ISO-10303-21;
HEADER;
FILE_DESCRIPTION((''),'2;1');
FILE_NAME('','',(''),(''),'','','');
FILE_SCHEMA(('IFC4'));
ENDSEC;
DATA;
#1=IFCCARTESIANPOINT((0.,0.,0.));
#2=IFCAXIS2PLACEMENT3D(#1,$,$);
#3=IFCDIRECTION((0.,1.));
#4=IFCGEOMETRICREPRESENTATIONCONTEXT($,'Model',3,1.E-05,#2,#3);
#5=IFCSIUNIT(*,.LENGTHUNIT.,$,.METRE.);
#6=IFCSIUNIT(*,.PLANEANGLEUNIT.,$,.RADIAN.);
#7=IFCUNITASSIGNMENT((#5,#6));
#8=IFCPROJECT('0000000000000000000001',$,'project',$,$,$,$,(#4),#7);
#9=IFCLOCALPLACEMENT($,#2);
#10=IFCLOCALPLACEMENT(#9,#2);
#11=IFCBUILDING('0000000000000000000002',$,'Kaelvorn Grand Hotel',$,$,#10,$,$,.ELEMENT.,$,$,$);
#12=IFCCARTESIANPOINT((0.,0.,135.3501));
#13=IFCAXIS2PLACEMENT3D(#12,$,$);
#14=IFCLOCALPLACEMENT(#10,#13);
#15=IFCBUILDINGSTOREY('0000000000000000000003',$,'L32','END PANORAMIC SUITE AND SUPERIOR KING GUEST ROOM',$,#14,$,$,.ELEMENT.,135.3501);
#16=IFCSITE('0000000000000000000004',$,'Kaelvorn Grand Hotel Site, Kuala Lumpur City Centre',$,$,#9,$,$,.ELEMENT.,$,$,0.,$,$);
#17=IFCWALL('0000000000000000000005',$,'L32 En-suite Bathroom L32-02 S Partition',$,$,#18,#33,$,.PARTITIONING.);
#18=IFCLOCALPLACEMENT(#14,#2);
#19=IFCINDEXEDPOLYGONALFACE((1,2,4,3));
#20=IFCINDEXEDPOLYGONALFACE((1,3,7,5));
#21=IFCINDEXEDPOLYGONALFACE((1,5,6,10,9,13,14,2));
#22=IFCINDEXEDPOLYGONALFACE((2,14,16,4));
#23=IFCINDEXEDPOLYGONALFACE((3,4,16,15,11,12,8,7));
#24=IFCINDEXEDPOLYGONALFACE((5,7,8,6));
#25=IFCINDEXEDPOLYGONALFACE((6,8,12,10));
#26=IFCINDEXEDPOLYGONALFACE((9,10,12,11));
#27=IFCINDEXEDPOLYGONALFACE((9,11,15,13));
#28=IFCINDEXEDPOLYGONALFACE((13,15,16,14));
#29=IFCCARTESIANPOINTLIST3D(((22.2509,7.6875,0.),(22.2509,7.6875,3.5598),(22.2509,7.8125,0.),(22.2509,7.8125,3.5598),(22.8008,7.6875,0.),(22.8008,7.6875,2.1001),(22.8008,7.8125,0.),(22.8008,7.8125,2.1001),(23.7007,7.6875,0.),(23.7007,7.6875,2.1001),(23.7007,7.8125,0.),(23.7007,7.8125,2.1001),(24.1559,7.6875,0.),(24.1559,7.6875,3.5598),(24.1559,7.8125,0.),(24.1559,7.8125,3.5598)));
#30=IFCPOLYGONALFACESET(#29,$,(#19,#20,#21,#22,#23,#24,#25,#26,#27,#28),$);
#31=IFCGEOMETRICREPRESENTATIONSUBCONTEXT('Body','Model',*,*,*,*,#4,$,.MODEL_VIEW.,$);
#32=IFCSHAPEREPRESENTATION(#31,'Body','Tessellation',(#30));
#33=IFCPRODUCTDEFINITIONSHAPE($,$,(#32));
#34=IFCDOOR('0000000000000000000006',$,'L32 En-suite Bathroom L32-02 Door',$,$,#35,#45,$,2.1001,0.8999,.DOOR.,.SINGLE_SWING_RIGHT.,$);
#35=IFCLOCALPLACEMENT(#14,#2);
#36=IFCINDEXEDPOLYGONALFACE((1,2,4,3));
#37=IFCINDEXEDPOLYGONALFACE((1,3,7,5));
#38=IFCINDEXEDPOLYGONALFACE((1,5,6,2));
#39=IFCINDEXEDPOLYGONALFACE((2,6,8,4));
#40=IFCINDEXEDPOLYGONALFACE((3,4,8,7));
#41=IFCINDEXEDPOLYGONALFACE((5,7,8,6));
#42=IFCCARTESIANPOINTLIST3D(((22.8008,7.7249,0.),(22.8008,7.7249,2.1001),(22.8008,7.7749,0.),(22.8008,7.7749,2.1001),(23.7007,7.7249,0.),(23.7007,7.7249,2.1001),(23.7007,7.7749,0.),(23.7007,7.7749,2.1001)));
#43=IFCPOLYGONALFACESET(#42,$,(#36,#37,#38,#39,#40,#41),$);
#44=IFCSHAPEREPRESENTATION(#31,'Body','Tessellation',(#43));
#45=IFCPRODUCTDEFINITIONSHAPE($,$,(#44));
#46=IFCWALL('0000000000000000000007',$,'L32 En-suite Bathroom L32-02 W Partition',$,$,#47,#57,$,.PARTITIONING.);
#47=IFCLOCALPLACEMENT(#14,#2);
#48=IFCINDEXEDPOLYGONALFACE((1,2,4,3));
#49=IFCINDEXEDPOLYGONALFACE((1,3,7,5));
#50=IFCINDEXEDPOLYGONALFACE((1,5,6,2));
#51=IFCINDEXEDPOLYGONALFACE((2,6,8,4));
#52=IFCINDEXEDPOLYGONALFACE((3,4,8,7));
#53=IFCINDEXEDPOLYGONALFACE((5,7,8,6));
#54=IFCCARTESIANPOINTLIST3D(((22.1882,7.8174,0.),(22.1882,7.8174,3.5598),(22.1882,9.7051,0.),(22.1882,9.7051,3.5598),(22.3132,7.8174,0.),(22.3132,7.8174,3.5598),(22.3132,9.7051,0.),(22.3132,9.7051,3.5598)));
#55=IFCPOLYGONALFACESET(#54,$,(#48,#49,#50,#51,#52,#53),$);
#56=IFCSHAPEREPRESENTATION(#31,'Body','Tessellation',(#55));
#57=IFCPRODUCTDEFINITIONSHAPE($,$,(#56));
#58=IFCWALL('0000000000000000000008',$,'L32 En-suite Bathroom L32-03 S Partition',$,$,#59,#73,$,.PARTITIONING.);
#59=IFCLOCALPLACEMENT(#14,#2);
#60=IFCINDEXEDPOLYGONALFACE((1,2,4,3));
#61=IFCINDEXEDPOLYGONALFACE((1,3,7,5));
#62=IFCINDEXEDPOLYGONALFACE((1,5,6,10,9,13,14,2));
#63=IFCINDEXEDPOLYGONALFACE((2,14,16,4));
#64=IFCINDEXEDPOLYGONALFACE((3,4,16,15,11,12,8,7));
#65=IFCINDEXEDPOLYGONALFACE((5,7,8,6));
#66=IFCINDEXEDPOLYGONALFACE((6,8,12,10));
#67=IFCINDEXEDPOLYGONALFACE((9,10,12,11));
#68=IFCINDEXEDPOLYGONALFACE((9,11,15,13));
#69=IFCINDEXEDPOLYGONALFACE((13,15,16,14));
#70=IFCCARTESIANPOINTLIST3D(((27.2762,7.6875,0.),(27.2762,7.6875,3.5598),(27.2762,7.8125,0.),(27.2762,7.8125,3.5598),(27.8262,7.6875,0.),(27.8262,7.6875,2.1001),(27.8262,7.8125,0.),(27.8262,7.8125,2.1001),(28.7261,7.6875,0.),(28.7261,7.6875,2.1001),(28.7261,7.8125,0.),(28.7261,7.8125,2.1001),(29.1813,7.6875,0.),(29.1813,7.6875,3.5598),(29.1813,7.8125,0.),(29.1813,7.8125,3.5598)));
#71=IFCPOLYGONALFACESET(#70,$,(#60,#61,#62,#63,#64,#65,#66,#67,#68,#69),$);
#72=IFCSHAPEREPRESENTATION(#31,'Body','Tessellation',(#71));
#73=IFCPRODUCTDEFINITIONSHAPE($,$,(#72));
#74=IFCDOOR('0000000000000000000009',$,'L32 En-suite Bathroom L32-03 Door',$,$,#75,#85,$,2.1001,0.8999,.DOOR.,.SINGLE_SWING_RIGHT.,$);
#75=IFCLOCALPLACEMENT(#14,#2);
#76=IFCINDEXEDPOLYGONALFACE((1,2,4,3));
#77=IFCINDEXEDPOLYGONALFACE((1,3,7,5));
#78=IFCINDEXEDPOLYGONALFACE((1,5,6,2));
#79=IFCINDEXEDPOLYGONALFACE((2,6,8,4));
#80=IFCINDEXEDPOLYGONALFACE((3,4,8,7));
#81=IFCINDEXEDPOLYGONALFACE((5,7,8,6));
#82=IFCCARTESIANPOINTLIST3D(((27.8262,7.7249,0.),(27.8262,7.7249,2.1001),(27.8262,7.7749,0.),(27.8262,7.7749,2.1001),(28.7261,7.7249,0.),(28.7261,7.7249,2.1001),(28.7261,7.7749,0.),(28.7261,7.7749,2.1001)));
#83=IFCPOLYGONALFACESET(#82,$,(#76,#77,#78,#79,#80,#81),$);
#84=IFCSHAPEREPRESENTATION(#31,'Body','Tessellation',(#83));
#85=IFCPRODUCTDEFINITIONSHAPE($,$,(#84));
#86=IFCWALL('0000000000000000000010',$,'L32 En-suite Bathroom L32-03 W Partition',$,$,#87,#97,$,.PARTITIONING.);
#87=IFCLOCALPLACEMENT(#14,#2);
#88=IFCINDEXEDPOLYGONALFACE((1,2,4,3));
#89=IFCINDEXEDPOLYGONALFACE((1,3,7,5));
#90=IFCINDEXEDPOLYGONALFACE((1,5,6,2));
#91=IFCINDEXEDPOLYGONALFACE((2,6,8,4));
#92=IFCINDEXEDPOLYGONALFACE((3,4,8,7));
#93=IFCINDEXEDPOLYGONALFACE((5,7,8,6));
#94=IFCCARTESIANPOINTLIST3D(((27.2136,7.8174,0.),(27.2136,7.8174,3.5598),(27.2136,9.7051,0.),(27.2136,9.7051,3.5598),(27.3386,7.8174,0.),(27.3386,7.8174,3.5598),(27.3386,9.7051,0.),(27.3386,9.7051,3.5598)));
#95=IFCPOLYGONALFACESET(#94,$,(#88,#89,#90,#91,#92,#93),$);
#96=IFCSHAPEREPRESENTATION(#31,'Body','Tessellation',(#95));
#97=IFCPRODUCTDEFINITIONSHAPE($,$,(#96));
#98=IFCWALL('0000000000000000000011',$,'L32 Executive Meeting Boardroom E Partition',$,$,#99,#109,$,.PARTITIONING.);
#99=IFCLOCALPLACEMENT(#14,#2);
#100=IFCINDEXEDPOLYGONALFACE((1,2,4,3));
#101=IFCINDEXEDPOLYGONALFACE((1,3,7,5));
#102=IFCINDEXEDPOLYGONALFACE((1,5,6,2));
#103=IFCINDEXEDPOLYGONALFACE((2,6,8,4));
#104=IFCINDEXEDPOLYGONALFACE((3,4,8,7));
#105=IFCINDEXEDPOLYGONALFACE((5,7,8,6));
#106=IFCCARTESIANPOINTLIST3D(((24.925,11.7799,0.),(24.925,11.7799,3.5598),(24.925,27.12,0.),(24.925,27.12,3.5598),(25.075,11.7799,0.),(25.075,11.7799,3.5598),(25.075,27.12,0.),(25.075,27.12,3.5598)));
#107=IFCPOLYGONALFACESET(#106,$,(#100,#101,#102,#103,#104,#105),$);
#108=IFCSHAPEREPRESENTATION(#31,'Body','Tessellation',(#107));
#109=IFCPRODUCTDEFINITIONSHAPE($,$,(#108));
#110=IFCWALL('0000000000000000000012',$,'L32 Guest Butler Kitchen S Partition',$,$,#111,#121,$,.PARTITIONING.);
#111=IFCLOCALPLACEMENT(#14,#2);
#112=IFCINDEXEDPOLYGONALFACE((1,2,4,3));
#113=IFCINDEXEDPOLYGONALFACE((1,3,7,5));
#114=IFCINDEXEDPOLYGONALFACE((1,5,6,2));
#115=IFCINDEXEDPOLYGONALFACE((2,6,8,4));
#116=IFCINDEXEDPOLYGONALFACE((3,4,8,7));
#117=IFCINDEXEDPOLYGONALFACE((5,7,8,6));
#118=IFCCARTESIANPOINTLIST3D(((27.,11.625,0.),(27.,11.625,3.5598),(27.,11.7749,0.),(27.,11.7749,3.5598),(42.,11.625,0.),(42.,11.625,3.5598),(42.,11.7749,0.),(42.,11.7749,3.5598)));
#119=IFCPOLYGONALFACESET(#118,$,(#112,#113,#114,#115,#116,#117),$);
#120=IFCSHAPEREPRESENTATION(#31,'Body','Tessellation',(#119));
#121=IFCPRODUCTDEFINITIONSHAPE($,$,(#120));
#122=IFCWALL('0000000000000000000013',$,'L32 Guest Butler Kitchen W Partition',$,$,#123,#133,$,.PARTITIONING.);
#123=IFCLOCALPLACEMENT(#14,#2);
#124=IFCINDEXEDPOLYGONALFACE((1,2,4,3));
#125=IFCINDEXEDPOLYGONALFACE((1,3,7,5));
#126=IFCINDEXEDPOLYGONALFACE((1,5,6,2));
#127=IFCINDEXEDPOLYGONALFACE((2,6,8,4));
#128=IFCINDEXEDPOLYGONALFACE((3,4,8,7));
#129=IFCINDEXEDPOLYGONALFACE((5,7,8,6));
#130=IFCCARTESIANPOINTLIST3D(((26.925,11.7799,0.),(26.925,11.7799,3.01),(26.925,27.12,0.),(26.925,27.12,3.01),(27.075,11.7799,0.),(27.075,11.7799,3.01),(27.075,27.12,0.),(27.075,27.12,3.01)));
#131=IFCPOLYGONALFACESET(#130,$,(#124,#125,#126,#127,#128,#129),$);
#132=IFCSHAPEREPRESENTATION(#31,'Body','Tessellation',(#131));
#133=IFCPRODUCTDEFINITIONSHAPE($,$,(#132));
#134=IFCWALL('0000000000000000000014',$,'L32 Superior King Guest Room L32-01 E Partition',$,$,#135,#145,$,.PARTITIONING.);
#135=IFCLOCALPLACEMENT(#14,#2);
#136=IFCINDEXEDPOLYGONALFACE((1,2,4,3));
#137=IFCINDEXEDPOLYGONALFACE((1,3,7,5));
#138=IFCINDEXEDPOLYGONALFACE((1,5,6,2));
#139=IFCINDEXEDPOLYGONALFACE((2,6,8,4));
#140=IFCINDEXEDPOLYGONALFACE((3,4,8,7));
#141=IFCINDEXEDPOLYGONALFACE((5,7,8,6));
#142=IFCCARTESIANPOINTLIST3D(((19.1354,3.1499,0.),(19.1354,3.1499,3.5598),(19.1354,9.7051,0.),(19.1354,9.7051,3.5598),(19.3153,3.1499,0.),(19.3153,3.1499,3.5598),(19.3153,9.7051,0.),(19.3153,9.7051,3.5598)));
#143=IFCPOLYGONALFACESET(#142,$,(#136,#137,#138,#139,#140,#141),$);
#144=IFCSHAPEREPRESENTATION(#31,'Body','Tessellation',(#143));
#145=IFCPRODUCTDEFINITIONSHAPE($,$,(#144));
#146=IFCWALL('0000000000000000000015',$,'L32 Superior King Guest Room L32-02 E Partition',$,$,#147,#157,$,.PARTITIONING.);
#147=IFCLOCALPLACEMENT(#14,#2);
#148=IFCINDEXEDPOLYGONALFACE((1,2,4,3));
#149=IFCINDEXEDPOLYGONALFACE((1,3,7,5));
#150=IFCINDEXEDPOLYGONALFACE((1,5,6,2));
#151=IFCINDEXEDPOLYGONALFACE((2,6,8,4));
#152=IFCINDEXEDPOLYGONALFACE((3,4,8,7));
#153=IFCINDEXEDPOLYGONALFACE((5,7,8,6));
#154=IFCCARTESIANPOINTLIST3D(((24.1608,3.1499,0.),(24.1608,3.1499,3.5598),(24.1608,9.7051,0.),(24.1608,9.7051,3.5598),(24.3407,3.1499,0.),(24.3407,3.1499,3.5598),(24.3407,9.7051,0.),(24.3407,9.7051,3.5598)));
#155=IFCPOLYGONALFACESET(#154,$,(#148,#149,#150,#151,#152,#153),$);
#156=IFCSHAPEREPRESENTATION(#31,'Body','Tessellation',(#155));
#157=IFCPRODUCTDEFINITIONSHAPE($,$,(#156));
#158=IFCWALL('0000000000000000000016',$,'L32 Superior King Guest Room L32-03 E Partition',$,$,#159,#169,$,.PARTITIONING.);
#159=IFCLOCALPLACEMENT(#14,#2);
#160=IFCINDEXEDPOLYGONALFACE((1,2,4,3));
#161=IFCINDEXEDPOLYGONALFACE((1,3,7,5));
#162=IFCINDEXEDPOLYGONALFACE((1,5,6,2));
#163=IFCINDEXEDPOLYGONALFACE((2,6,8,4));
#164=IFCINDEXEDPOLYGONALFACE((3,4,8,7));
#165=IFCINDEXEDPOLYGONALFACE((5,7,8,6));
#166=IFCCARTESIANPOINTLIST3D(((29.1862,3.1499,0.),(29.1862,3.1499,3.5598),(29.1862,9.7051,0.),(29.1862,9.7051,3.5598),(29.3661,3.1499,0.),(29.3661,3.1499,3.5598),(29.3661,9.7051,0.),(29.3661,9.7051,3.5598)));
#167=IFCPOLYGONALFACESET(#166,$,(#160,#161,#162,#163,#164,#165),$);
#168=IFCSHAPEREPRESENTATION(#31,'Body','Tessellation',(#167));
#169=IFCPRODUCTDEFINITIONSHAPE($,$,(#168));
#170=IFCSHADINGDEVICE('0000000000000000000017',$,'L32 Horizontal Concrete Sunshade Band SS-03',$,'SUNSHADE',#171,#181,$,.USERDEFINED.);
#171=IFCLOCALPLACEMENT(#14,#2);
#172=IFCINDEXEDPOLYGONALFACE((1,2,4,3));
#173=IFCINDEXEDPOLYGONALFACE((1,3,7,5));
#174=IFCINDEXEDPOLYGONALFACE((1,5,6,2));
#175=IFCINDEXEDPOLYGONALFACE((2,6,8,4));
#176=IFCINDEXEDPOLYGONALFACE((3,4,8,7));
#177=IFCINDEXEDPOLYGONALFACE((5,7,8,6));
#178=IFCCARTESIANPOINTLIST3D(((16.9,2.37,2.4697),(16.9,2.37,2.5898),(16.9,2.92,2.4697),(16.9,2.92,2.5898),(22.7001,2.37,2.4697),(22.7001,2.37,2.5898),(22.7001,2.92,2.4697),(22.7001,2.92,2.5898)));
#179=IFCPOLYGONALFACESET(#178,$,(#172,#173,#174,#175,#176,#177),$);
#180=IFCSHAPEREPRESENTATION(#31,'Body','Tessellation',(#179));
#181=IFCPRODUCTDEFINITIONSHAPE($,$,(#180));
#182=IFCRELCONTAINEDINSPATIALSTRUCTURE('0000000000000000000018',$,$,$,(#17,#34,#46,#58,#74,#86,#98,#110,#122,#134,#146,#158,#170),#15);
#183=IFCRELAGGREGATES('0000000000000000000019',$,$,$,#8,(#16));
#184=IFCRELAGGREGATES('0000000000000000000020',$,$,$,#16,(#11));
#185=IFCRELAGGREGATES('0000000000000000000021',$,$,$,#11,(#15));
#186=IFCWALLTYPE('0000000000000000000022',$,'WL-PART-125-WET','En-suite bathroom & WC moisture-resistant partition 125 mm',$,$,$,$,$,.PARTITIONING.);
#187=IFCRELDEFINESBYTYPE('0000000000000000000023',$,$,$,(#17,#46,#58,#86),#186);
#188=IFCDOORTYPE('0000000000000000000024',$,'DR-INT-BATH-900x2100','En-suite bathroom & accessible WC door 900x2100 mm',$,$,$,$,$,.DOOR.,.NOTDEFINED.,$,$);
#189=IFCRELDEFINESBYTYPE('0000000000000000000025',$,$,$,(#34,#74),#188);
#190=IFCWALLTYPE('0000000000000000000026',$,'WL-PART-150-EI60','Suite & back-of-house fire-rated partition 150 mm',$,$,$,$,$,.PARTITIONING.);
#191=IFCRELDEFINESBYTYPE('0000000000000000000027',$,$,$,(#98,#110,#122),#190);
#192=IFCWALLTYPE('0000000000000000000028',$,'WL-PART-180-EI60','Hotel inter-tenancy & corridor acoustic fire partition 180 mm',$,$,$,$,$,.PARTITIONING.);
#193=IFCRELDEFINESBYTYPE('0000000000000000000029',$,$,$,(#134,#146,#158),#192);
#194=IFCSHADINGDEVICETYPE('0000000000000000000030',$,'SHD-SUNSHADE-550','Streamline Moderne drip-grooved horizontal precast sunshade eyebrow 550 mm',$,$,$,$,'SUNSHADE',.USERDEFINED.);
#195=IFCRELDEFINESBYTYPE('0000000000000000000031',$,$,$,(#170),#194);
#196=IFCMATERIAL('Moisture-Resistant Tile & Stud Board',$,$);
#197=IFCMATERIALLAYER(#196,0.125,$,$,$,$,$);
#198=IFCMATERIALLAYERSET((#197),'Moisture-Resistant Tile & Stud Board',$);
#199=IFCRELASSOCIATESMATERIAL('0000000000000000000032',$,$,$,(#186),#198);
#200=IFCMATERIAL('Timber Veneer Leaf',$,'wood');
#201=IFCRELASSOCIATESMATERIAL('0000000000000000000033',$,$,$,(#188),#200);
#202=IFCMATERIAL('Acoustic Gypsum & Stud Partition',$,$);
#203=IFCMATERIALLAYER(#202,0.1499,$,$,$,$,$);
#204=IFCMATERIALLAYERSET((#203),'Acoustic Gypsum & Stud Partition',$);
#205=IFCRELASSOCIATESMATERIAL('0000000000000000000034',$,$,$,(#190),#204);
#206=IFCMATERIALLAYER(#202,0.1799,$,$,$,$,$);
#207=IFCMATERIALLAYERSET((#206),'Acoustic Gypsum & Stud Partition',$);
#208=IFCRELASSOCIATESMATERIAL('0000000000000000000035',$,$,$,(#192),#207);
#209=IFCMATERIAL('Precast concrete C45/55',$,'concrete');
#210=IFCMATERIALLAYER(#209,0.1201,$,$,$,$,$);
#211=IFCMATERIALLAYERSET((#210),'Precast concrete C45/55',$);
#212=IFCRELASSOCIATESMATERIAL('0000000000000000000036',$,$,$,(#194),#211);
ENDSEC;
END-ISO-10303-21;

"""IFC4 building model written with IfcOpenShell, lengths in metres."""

from ifc_helpers import new_model, si_unit, direction, frame, frame_2d, origin, origin_2d, place, context, subcontext, project, spatial, rectangle, extrude, material, layer, layer_set, type_object, element, fill, save


model = new_model("IFC4")

# Units and contexts
model_context = context("Model", 3, precision=1e-05, world=origin(), true_north=direction((0.0, 1.0)))
body_context = subcontext(model_context, "Body", "Model", "MODEL_VIEW")
ifc_project = project(units=[si_unit("LENGTHUNIT", "METRE"), si_unit("PLANEANGLEUNIT", "RADIAN")], contexts=[model_context])

# Site, building, storey
site_placement = place(None, origin())
site = spatial("IfcSite", under=ifc_project, at=site_placement, Name="Kaelvorn Grand Hotel Site, Kuala Lumpur City Centre", CompositionType="ELEMENT", RefElevation=0.0)
building_placement = place(site_placement, origin())
building = spatial("IfcBuilding", under=site, at=building_placement, Name="Kaelvorn Grand Hotel", CompositionType="ELEMENT")
storey_placement = place(building_placement, frame((0.0, 0.0, 135.3501)))
storey = spatial("IfcBuildingStorey", under=building, at=storey_placement, Name="L32", Description="END PANORAMIC SUITE AND SUPERIOR KING GUEST ROOM", CompositionType="ELEMENT", Elevation=135.3501)

# Shared definitions
ifc_material_1 = material(Name="Moisture-Resistant Tile & Stud Board")
ifc_layer_1 = layer(ifc_material_1, 0.125)
ifc_layer_set_1 = layer_set([ifc_layer_1], Name="Moisture-Resistant Tile & Stud Board")
wall_type_1 = type_object("IfcWallType", Name="WL-PART-125-WET", Description="En-suite bathroom & WC moisture-resistant partition 125 mm", PredefinedType="PARTITIONING", material=ifc_layer_set_1)

# Wall, opening, door
wall_1_placement = place(storey_placement, frame((22.2507, 7.75, 0.0), z_axis=(0.0, 0.0, 1.0), x_axis=(1.0, 0.0, 0.0)))
wall_1 = element("IfcWall", 1, at=wall_1_placement, inside=storey, type_object=wall_type_1, Name="L32 En-suite Bathroom L32-02 S Partition", PredefinedType="PARTITIONING", context=body_context, shape_type="SweptSolid", body=[
    extrude(rectangle(XDim=1.905, YDim=0.125, at=frame_2d((0.9526, 0.0))), origin(), (0.0, 0.0, 1.0), 3.5598),
])
opening_1_placement = place(wall_1_placement, frame((0.55, 0.0, 0.0)))
opening_1 = element("IfcOpeningElement", 2, at=opening_1_placement, cuts=wall_1, PredefinedType="OPENING", context=body_context, shape_type="SweptSolid", body=[
    extrude(rectangle(XDim=0.8999, YDim=2.1001, at=frame_2d((0.45, 1.05))), frame((0.0, 0.0725, 0.0), z_axis=(0.0, -1.0, 0.0), x_axis=(1.0, 0.0, 0.0)), (0.0, 0.0, 1.0), 0.145),
])
ifc_material_2 = material(Name="Timber Veneer Leaf", Category="wood")
door_type_1 = type_object("IfcDoorType", Name="DR-INT-BATH-900x2100", Description="En-suite bathroom & accessible WC door 900x2100 mm", OperationType="NOTDEFINED", PredefinedType="DOOR", material=ifc_material_2)
door_1_placement = place(opening_1_placement, origin())
door_1 = element("IfcDoor", 3, at=door_1_placement, inside=storey, type_object=door_type_1, Name="L32 En-suite Bathroom L32-02 Door", OperationType="SINGLE_SWING_RIGHT", OverallHeight=2.1001, OverallWidth=0.8999, PredefinedType="DOOR", context=body_context, shape_type="SweptSolid", body=[
    extrude(rectangle(XDim=0.8999, YDim=2.1001, at=frame_2d((0.45, 1.05))), frame((0.0, 0.0249, 0.0), z_axis=(0.0, -1.0, 0.0), x_axis=(1.0, 0.0, 0.0)), (0.0, 0.0, 1.0), 0.05),
])
fill(opening_1, door_1)

# Wall
wall_2_placement = place(storey_placement, frame((22.2507, 7.8174, 0.0), z_axis=(0.0, 0.0, 1.0), x_axis=(0.0, 1.0, 0.0)))
element("IfcWall", 4, at=wall_2_placement, inside=storey, type_object=wall_type_1, Name="L32 En-suite Bathroom L32-02 W Partition", PredefinedType="PARTITIONING", context=body_context, shape_type="SweptSolid", body=[
    extrude(rectangle(XDim=1.8877, YDim=0.125, at=frame_2d((0.9438, 0.0))), origin(), (0.0, 0.0, 1.0), 3.5598),
])

# Wall, opening, door
wall_3_placement = place(storey_placement, frame((27.2761, 7.75, 0.0), z_axis=(0.0, 0.0, 1.0), x_axis=(1.0, 0.0, 0.0)))
wall_3 = element("IfcWall", 5, at=wall_3_placement, inside=storey, type_object=wall_type_1, Name="L32 En-suite Bathroom L32-03 S Partition", PredefinedType="PARTITIONING", context=body_context, shape_type="SweptSolid", body=[
    extrude(rectangle(XDim=1.905, YDim=0.125, at=frame_2d((0.9526, 0.0))), origin(), (0.0, 0.0, 1.0), 3.5598),
])
opening_2_placement = place(wall_3_placement, frame((0.55, 0.0, 0.0)))
opening_2 = element("IfcOpeningElement", 6, at=opening_2_placement, cuts=wall_3, PredefinedType="OPENING", context=body_context, shape_type="SweptSolid", body=[
    extrude(rectangle(XDim=0.8999, YDim=2.1001, at=frame_2d((0.45, 1.05))), frame((0.0, 0.0725, 0.0), z_axis=(0.0, -1.0, 0.0), x_axis=(1.0, 0.0, 0.0)), (0.0, 0.0, 1.0), 0.145),
])
door_2_placement = place(opening_2_placement, origin())
door_2 = element("IfcDoor", 7, at=door_2_placement, inside=storey, type_object=door_type_1, Name="L32 En-suite Bathroom L32-03 Door", OperationType="SINGLE_SWING_RIGHT", OverallHeight=2.1001, OverallWidth=0.8999, PredefinedType="DOOR", context=body_context, shape_type="SweptSolid", body=[
    extrude(rectangle(XDim=0.8999, YDim=2.1001, at=frame_2d((0.45, 1.05))), frame((0.0, 0.0249, 0.0), z_axis=(0.0, -1.0, 0.0), x_axis=(1.0, 0.0, 0.0)), (0.0, 0.0, 1.0), 0.05),
])
fill(opening_2, door_2)

# Walls
wall_4_placement = place(storey_placement, frame((27.2761, 7.8174, 0.0), z_axis=(0.0, 0.0, 1.0), x_axis=(0.0, 1.0, 0.0)))
element("IfcWall", 8, at=wall_4_placement, inside=storey, type_object=wall_type_1, Name="L32 En-suite Bathroom L32-03 W Partition", PredefinedType="PARTITIONING", context=body_context, shape_type="SweptSolid", body=[
    extrude(rectangle(XDim=1.8877, YDim=0.125, at=frame_2d((0.9438, 0.0))), origin(), (0.0, 0.0, 1.0), 3.5598),
])
ifc_material_3 = material(Name="Acoustic Gypsum & Stud Partition")
ifc_layer_2 = layer(ifc_material_3, 0.1499)
ifc_layer_set_2 = layer_set([ifc_layer_2], Name="Acoustic Gypsum & Stud Partition")
wall_type_2 = type_object("IfcWallType", Name="WL-PART-150-EI60", Description="Suite & back-of-house fire-rated partition 150 mm", PredefinedType="PARTITIONING", material=ifc_layer_set_2)
wall_5_placement = place(storey_placement, frame((25.0, 11.78, 0.0), z_axis=(0.0, 0.0, 1.0), x_axis=(0.0, 1.0, 0.0)))
element("IfcWall", 9, at=wall_5_placement, inside=storey, type_object=wall_type_2, Name="L32 Executive Meeting Boardroom E Partition", PredefinedType="PARTITIONING", context=body_context, shape_type="SweptSolid", body=[
    extrude(rectangle(XDim=15.3401, YDim=0.1499, at=frame_2d((7.6699, 0.0))), origin(), (0.0, 0.0, 1.0), 3.5598),
])
wall_6_placement = place(storey_placement, frame((27.0, 11.7, 0.0), z_axis=(0.0, 0.0, 1.0), x_axis=(1.0, 0.0, 0.0)))
element("IfcWall", 10, at=wall_6_placement, inside=storey, type_object=wall_type_2, Name="L32 Guest Butler Kitchen S Partition", PredefinedType="PARTITIONING", context=body_context, shape_type="SweptSolid", body=[
    extrude(rectangle(XDim=15.0, YDim=0.1499, at=frame_2d((7.5, 0.0))), origin(), (0.0, 0.0, 1.0), 3.5598),
])
wall_7_placement = place(storey_placement, frame((27.0, 11.78, 0.0), z_axis=(0.0, 0.0, 1.0), x_axis=(0.0, 1.0, 0.0)))
element("IfcWall", 11, at=wall_7_placement, inside=storey, type_object=wall_type_2, Name="L32 Guest Butler Kitchen W Partition", PredefinedType="PARTITIONING", context=body_context, shape_type="SweptSolid", body=[
    extrude(rectangle(XDim=15.3401, YDim=0.1499, at=frame_2d((7.6699, 0.0))), origin(), (0.0, 0.0, 1.0), 3.01),
])
ifc_layer_3 = layer(ifc_material_3, 0.1799)
ifc_layer_set_3 = layer_set([ifc_layer_3], Name="Acoustic Gypsum & Stud Partition")
wall_type_3 = type_object("IfcWallType", Name="WL-PART-180-EI60", Description="Hotel inter-tenancy & corridor acoustic fire partition 180 mm", PredefinedType="PARTITIONING", material=ifc_layer_set_3)
wall_8_placement = place(storey_placement, frame((19.2253, 3.1499, 0.0), z_axis=(0.0, 0.0, 1.0), x_axis=(0.0, 1.0, 0.0)))
element("IfcWall", 12, at=wall_8_placement, inside=storey, type_object=wall_type_3, Name="L32 Superior King Guest Room L32-01 E Partition", PredefinedType="PARTITIONING", context=body_context, shape_type="SweptSolid", body=[
    extrude(rectangle(XDim=6.5552, YDim=0.1799, at=frame_2d((3.2776, 0.0))), origin(), (0.0, 0.0, 1.0), 3.5598),
])

# Wall
wall_9_placement = place(storey_placement, frame((24.2507, 3.1499, 0.0), z_axis=(0.0, 0.0, 1.0), x_axis=(0.0, 1.0, 0.0)))
element("IfcWall", 13, at=wall_9_placement, inside=storey, type_object=wall_type_3, Name="L32 Superior King Guest Room L32-02 E Partition", PredefinedType="PARTITIONING", context=body_context, shape_type="SweptSolid", body=[
    extrude(rectangle(XDim=6.5552, YDim=0.1799, at=frame_2d((3.2776, 0.0))), origin(), (0.0, 0.0, 1.0), 3.5598),
])

# Wall
wall_10_placement = place(storey_placement, frame((29.2761, 3.1499, 0.0), z_axis=(0.0, 0.0, 1.0), x_axis=(0.0, 1.0, 0.0)))
element("IfcWall", 14, at=wall_10_placement, inside=storey, type_object=wall_type_3, Name="L32 Superior King Guest Room L32-03 E Partition", PredefinedType="PARTITIONING", context=body_context, shape_type="SweptSolid", body=[
    extrude(rectangle(XDim=6.5552, YDim=0.1799, at=frame_2d((3.2776, 0.0))), origin(), (0.0, 0.0, 1.0), 3.5598),
])

# Shading device
ifc_material_4 = material(Name="Precast concrete C45/55", Category="concrete")
ifc_layer_4 = layer(ifc_material_4, 0.1201)
ifc_layer_set_4 = layer_set([ifc_layer_4], Name="Precast concrete C45/55")
shading_device_type_1 = type_object("IfcShadingDeviceType", Name="SHD-SUNSHADE-550", Description="Streamline Moderne drip-grooved horizontal precast sunshade eyebrow 550 mm", ElementType="SUNSHADE", PredefinedType="USERDEFINED", material=ifc_layer_set_4)
shading_device_1_placement = place(storey_placement, frame((19.8, 2.645, 2.4697), z_axis=(0.0, 0.0, 1.0), x_axis=(1.0, 0.0, 0.0)))
element("IfcShadingDevice", 15, at=shading_device_1_placement, inside=storey, type_object=shading_device_type_1, Name="L32 Horizontal Concrete Sunshade Band SS-03", ObjectType="SUNSHADE", PredefinedType="USERDEFINED", context=body_context, shape_type="SweptSolid", body=[
    extrude(rectangle(XDim=5.8, YDim=0.55, at=origin_2d()), origin(), (0.0, 0.0, 1.0), 0.1201),
])

save(model, "model.ifc")
